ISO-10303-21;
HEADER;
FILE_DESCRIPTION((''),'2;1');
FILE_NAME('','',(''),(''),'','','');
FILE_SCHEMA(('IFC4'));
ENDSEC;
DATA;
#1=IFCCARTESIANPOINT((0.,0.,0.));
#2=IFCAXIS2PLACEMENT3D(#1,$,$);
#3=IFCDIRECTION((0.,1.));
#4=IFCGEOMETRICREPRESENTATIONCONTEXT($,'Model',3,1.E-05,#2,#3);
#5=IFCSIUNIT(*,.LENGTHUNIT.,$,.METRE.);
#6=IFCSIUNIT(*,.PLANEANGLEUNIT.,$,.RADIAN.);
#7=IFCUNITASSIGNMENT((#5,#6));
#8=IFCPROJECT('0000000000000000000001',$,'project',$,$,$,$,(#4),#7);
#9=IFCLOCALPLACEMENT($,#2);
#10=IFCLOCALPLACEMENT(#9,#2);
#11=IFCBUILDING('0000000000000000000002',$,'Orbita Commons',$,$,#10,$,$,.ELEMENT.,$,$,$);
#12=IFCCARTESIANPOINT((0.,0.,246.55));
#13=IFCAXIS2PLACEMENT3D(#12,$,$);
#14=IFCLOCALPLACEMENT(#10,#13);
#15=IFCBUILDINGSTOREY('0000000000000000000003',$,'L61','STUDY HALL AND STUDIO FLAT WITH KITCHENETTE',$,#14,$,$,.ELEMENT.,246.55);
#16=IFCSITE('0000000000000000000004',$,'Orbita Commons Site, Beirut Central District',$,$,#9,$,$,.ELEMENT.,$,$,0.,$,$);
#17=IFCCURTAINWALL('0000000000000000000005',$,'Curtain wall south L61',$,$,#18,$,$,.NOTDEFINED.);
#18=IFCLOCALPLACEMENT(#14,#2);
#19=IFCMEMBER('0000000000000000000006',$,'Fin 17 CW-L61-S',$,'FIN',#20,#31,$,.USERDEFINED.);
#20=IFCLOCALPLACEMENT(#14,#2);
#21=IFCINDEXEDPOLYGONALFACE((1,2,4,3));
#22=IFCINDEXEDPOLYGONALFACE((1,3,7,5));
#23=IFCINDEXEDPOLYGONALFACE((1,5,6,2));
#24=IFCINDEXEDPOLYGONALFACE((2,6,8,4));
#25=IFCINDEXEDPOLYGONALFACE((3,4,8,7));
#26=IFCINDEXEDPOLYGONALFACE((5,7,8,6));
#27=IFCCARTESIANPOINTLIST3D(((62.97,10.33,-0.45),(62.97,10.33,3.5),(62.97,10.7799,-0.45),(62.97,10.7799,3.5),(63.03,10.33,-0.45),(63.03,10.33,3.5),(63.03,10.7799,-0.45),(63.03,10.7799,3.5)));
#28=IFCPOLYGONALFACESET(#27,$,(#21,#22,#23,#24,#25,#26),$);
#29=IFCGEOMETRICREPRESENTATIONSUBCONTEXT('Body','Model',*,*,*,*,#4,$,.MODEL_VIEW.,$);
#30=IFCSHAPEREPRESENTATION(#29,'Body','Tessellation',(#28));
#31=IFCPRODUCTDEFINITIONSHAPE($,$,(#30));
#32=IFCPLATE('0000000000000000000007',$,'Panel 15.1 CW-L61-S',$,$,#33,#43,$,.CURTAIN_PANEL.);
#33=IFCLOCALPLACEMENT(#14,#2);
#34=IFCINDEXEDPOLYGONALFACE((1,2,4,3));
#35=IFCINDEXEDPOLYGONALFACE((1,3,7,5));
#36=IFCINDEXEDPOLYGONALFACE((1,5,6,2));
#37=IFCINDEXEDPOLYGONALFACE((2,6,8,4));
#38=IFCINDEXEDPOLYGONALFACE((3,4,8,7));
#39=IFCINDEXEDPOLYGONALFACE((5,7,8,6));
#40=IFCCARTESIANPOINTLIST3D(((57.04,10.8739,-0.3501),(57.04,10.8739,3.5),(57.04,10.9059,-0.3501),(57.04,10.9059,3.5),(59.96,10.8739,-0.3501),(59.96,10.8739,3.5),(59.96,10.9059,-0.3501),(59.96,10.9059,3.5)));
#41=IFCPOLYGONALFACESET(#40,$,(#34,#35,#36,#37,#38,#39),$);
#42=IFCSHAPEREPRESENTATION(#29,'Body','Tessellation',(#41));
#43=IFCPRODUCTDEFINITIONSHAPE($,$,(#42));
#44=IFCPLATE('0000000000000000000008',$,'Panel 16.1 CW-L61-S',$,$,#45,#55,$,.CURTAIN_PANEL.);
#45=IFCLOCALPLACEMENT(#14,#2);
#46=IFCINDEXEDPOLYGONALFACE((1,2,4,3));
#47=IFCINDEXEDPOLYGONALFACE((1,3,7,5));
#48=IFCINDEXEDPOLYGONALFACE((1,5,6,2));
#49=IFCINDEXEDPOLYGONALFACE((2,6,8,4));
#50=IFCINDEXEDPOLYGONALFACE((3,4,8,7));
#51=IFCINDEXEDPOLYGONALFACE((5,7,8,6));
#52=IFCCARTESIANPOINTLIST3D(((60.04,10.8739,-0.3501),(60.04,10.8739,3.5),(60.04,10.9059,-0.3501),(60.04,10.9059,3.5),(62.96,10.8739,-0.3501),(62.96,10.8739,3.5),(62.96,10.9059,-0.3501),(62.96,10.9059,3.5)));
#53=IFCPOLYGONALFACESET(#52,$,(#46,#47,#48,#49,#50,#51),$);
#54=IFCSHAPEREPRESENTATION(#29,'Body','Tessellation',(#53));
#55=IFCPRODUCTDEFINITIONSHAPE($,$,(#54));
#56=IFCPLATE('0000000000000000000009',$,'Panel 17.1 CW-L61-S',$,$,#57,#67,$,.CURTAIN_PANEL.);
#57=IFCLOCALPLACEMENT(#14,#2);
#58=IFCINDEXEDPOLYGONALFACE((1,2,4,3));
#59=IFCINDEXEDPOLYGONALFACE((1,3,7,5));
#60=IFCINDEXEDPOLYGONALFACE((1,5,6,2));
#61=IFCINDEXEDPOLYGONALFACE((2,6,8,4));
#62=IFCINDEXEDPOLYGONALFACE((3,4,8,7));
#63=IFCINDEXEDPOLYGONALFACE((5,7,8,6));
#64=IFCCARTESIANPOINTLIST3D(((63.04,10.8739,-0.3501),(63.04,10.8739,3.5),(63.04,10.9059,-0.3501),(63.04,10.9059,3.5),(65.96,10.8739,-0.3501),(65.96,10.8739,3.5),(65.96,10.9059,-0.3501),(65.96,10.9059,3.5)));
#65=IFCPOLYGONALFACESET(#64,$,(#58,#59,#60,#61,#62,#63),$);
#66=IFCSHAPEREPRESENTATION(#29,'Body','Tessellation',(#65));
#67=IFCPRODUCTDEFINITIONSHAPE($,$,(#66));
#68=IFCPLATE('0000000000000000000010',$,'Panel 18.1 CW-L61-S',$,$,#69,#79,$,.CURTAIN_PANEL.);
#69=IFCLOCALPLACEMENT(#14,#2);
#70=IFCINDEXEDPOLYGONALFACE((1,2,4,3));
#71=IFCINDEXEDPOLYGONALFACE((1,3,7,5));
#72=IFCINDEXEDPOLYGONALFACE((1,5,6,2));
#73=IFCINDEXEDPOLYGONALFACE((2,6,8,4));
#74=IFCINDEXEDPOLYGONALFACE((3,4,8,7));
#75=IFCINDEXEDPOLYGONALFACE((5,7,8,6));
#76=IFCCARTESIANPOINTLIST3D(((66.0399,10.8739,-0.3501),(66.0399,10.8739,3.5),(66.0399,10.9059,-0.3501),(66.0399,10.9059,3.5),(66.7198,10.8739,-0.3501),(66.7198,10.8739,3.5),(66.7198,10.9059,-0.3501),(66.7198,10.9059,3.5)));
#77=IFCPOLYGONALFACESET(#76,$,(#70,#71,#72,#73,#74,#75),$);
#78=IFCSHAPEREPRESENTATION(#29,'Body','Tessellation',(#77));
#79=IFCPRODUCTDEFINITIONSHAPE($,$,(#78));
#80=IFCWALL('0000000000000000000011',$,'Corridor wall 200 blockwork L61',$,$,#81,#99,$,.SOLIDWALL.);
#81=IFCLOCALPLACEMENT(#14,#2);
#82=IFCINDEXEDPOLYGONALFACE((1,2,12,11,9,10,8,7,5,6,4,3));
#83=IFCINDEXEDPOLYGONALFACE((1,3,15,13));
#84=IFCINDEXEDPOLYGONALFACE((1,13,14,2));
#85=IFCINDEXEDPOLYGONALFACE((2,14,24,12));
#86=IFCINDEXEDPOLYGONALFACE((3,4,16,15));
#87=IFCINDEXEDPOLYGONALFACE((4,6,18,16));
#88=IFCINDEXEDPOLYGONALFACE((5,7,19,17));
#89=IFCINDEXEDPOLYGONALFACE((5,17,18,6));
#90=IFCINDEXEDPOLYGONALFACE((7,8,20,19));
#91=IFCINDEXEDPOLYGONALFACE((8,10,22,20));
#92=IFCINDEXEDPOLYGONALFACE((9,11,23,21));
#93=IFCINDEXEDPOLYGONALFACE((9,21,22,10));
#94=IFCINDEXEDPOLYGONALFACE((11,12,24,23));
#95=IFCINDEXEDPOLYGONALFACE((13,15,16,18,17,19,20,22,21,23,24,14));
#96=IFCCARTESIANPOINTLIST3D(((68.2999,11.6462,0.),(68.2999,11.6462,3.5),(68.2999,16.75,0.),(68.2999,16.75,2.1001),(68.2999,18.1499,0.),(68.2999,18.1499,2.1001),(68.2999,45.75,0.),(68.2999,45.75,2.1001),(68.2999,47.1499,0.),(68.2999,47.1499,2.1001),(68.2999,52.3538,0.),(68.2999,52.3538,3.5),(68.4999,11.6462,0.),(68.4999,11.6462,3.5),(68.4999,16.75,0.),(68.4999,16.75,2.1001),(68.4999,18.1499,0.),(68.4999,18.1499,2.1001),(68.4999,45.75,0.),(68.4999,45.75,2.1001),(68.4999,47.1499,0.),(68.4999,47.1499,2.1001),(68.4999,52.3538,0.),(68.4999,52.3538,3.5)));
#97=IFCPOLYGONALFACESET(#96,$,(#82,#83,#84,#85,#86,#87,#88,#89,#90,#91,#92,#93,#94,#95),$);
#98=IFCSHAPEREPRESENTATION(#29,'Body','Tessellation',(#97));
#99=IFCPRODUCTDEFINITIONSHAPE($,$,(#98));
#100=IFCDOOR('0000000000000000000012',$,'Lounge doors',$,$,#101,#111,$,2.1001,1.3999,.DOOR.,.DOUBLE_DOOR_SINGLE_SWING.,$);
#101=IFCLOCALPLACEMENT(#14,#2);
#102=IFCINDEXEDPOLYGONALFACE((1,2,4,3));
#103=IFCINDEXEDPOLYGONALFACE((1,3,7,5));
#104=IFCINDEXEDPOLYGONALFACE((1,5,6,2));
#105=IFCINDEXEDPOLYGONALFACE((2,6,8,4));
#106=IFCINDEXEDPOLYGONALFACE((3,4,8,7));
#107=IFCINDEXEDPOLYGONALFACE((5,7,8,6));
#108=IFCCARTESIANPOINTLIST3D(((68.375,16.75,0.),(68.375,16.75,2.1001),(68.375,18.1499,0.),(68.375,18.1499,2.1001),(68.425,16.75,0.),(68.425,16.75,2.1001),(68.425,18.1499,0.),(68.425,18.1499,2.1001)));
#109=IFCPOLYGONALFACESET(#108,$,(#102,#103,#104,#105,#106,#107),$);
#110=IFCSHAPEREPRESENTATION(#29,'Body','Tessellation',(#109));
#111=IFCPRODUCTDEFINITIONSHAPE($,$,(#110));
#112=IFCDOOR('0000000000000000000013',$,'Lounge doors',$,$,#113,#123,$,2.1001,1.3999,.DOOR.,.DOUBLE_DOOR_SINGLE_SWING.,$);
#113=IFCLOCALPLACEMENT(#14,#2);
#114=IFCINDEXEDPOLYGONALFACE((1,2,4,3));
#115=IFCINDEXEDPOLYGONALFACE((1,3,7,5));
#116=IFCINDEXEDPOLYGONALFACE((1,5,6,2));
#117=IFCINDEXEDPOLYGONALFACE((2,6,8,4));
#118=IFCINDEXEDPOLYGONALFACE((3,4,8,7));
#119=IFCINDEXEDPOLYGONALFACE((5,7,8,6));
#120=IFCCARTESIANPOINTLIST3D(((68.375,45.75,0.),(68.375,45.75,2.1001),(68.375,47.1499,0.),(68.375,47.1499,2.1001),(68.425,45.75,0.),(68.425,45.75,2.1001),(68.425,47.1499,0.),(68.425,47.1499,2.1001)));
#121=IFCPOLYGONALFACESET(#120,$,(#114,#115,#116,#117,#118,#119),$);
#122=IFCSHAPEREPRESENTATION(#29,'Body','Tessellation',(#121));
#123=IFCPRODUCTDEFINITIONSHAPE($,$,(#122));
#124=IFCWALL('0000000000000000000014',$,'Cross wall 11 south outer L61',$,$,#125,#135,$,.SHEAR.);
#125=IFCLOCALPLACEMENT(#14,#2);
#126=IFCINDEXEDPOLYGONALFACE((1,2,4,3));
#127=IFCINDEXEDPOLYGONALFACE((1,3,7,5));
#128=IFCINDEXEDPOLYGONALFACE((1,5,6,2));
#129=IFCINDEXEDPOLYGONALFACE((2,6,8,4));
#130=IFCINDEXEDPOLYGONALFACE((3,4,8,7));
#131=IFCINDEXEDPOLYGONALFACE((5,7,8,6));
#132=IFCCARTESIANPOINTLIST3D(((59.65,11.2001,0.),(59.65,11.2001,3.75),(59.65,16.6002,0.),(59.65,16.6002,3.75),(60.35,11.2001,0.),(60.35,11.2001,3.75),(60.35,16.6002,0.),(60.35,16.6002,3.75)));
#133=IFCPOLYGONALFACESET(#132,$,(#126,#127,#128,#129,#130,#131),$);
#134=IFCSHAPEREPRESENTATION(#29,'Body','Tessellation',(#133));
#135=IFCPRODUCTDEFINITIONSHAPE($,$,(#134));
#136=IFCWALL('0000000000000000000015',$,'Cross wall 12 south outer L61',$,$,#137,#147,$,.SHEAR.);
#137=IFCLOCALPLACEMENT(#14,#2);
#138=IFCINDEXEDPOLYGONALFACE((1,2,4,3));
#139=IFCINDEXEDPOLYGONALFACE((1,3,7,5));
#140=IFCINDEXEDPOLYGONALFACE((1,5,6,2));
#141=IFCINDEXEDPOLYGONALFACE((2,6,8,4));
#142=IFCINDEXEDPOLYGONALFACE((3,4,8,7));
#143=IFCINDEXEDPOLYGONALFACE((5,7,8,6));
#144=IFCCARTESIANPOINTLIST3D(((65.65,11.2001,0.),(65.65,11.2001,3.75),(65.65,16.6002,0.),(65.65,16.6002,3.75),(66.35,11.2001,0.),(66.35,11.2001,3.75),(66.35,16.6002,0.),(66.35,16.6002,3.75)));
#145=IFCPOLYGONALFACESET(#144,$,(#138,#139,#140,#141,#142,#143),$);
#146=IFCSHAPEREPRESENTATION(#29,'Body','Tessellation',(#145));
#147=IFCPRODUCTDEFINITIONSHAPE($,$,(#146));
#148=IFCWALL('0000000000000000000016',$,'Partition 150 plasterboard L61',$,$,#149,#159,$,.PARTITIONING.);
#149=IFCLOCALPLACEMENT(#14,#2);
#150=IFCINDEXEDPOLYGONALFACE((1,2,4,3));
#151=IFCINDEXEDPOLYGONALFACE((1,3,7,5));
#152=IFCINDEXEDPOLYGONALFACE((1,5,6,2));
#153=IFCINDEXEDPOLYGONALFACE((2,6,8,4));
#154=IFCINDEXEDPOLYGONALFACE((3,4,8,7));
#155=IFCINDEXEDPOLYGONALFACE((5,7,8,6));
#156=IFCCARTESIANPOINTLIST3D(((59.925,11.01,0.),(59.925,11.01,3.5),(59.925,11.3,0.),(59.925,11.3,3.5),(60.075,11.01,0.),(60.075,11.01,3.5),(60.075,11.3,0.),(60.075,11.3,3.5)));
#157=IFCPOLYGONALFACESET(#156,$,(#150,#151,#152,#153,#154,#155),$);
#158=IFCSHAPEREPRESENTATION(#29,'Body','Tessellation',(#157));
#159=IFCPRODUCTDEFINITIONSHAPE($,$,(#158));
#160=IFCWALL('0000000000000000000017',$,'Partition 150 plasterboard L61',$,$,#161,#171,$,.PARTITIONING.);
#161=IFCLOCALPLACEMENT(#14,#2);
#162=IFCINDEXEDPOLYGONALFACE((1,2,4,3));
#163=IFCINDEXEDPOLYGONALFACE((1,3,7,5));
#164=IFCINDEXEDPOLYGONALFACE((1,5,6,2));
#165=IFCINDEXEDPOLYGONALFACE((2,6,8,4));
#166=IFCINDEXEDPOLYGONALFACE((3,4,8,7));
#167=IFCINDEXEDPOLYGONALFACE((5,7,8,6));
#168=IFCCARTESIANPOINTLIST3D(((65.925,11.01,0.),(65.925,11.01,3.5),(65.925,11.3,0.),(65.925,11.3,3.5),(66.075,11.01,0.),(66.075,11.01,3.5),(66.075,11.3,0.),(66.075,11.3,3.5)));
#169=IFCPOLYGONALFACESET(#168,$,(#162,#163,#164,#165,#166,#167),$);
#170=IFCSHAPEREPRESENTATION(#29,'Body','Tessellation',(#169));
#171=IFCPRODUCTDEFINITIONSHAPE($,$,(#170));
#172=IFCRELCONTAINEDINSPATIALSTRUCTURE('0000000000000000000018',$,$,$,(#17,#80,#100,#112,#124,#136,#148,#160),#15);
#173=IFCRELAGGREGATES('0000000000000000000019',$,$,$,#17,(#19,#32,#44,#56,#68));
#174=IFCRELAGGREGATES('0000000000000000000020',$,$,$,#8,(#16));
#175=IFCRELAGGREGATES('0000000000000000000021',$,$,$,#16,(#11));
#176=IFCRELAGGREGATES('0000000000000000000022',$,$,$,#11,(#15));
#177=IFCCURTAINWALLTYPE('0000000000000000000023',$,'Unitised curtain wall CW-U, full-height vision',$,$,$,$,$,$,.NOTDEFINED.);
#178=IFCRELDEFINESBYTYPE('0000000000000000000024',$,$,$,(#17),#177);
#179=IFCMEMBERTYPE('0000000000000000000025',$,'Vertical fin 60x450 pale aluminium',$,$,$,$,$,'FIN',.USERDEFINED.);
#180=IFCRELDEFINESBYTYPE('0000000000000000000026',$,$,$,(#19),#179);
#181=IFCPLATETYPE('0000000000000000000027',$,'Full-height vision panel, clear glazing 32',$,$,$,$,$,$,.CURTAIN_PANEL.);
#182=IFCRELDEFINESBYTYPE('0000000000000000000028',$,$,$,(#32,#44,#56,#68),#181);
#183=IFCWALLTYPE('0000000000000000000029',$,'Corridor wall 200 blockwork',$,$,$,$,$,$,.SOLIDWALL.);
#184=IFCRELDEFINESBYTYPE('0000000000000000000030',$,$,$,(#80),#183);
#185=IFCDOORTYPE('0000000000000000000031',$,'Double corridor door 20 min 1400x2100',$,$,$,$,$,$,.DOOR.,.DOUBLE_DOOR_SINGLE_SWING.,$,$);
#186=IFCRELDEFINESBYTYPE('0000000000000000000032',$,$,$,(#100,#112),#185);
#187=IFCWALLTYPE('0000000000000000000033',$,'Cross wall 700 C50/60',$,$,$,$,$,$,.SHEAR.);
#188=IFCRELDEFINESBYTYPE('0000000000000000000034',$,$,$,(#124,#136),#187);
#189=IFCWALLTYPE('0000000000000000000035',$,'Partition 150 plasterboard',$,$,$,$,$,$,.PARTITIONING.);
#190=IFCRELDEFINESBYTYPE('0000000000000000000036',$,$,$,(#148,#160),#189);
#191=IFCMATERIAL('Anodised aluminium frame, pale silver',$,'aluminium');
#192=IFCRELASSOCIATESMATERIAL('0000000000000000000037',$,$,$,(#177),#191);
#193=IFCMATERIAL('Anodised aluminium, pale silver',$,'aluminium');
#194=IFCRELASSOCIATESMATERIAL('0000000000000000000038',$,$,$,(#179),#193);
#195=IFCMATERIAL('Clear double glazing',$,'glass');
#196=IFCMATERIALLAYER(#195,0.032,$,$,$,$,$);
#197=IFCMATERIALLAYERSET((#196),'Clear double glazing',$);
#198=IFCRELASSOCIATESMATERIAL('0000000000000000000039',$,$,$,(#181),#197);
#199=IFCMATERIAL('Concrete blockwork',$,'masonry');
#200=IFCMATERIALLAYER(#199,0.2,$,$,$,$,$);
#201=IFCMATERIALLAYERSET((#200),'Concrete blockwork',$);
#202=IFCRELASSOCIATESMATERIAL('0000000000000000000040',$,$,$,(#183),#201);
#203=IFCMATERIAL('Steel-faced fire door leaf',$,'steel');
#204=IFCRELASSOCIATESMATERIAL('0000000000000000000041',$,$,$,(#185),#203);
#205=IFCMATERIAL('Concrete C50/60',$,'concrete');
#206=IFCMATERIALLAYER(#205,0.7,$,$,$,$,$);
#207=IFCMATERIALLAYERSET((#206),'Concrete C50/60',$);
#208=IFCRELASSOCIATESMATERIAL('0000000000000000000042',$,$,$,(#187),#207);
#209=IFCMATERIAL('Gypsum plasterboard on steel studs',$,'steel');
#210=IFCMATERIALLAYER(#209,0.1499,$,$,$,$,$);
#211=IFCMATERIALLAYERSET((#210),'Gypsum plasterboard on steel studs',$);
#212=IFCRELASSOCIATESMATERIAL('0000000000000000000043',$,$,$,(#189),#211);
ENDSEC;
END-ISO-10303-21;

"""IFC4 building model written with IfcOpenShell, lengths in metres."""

from ifc_helpers import new_model, si_unit, direction, frame, frame_2d, origin, origin_2d, place, context, subcontext, project, spatial, rectangle, extrude, material, layer, layer_set, material_profile, profile_set, type_object, element, fill, aggregate, save


model = new_model("IFC4")

# Units and contexts
model_context = context("Model", 3, precision=1e-05, world=origin(), true_north=direction((0.0, 1.0)))
body_context = subcontext(model_context, "Body", "Model", "MODEL_VIEW")
ifc_project = project(units=[si_unit("LENGTHUNIT", "METRE"), si_unit("PLANEANGLEUNIT", "RADIAN")], contexts=[model_context])

# Site, building, storey
site_placement = place(None, origin())
site = spatial("IfcSite", under=ifc_project, at=site_placement, Name="Orbita Commons Site, Beirut Central District", CompositionType="ELEMENT", RefElevation=0.0)
building_placement = place(site_placement, origin())
building = spatial("IfcBuilding", under=site, at=building_placement, Name="Orbita Commons", CompositionType="ELEMENT")
storey_placement = place(building_placement, frame((0.0, 0.0, 246.55)))
storey = spatial("IfcBuildingStorey", under=building, at=storey_placement, Name="L61", Description="STUDY HALL AND STUDIO FLAT WITH KITCHENETTE", CompositionType="ELEMENT", Elevation=246.55)

# Curtain wall
ifc_material_1 = material(Name="Anodised aluminium frame, pale silver", Category="aluminium")
curtain_wall_type = type_object("IfcCurtainWallType", Name="Unitised curtain wall CW-U, full-height vision", PredefinedType="NOTDEFINED", material=ifc_material_1)
curtain_wall_placement = place(storey_placement, origin())
curtain_wall = element("IfcCurtainWall", 1, at=curtain_wall_placement, inside=storey, type_object=curtain_wall_type, Name="Curtain wall south L61", PredefinedType="NOTDEFINED")

# Member
ifc_material_2 = material(Name="Anodised aluminium, pale silver", Category="aluminium")
ifc_material_profile_1 = material_profile(ifc_material_2, rectangle(XDim=0.0601, YDim=0.45, at=origin_2d()), Name="FIN 60x450")
ifc_profile_set_1 = profile_set([ifc_material_profile_1], Name="Anodised aluminium, pale silver")
member_type_1 = type_object("IfcMemberType", Name="Vertical fin 60x450 pale aluminium", ElementType="FIN", PredefinedType="USERDEFINED", material=ifc_profile_set_1)
member_1_placement = place(storey_placement, frame((63.0, 10.5549, -0.45), z_axis=(0.0, 0.0, 1.0), x_axis=(1.0, 0.0, 0.0)))
member_1 = element("IfcMember", 2, at=member_1_placement, type_object=member_type_1, Name="Fin 17 CW-L61-S", ObjectType="FIN", PredefinedType="USERDEFINED", context=body_context, shape_type="SweptSolid", body=[
    extrude(rectangle(XDim=0.0601, YDim=0.45, at=origin_2d()), origin(), (0.0, 0.0, 1.0), 3.95),
])

# Plates
ifc_material_3 = material(Name="Clear double glazing", Category="glass")
ifc_layer_1 = layer(ifc_material_3, 0.032)
ifc_layer_set_1 = layer_set([ifc_layer_1], Name="Clear double glazing")
plate_type = type_object("IfcPlateType", Name="Full-height vision panel, clear glazing 32", PredefinedType="CURTAIN_PANEL", material=ifc_layer_set_1)
plate_1_placement = place(storey_placement, frame((58.5, 10.8899, -0.3501), z_axis=(0.0, 0.0, 1.0), x_axis=(1.0, 0.0, 0.0)))
plate_1 = element("IfcPlate", 3, at=plate_1_placement, type_object=plate_type, Name="Panel 15.1 CW-L61-S", PredefinedType="CURTAIN_PANEL", context=body_context, shape_type="SweptSolid", body=[
    extrude(rectangle(XDim=2.9199, YDim=0.032, at=origin_2d()), origin(), (0.0, 0.0, 1.0), 3.8501),
])
plate_2_placement = place(storey_placement, frame((61.5, 10.8899, -0.3501), z_axis=(0.0, 0.0, 1.0), x_axis=(1.0, 0.0, 0.0)))
plate_2 = element("IfcPlate", 4, at=plate_2_placement, type_object=plate_type, Name="Panel 16.1 CW-L61-S", PredefinedType="CURTAIN_PANEL", context=body_context, shape_type="SweptSolid", body=[
    extrude(rectangle(XDim=2.9199, YDim=0.032, at=origin_2d()), origin(), (0.0, 0.0, 1.0), 3.8501),
])
plate_3_placement = place(storey_placement, frame((64.5, 10.8899, -0.3501), z_axis=(0.0, 0.0, 1.0), x_axis=(1.0, 0.0, 0.0)))
plate_3 = element("IfcPlate", 5, at=plate_3_placement, type_object=plate_type, Name="Panel 17.1 CW-L61-S", PredefinedType="CURTAIN_PANEL", context=body_context, shape_type="SweptSolid", body=[
    extrude(rectangle(XDim=2.9199, YDim=0.032, at=origin_2d()), origin(), (0.0, 0.0, 1.0), 3.8501),
])
plate_4_placement = place(storey_placement, frame((66.3799, 10.8899, -0.3501), z_axis=(0.0, 0.0, 1.0), x_axis=(1.0, 0.0, 0.0)))
plate_4 = element("IfcPlate", 6, at=plate_4_placement, type_object=plate_type, Name="Panel 18.1 CW-L61-S", PredefinedType="CURTAIN_PANEL", context=body_context, shape_type="SweptSolid", body=[
    extrude(rectangle(XDim=0.6799, YDim=0.032, at=origin_2d()), origin(), (0.0, 0.0, 1.0), 3.8501),
])
aggregate(curtain_wall, [member_1, plate_1, plate_2, plate_3, plate_4])

# Wall, openings, doors
ifc_material_4 = material(Name="Concrete blockwork", Category="masonry")
ifc_layer_2 = layer(ifc_material_4, 0.2)
ifc_layer_set_2 = layer_set([ifc_layer_2], Name="Concrete blockwork")
wall_type_1 = type_object("IfcWallType", Name="Corridor wall 200 blockwork", PredefinedType="SOLIDWALL", material=ifc_layer_set_2)
wall_1_placement = place(storey_placement, frame((68.3999, 11.6462, 0.0), z_axis=(0.0, 0.0, 1.0), x_axis=(0.0, 1.0, 0.0)))
wall_1 = element("IfcWall", 7, at=wall_1_placement, inside=storey, type_object=wall_type_1, Name="Corridor wall 200 blockwork L61", PredefinedType="SOLIDWALL", context=body_context, shape_type="SweptSolid", body=[
    extrude(rectangle(XDim=40.7075, YDim=0.2, at=frame_2d((20.3538, 0.0))), origin(), (0.0, 0.0, 1.0), 3.5),
])
opening_1_placement = place(wall_1_placement, frame((5.1038, 0.0, 0.0)))
opening_1 = element("IfcOpeningElement", 8, at=opening_1_placement, cuts=wall_1, PredefinedType="OPENING", context=body_context, shape_type="SweptSolid", body=[
    extrude(rectangle(XDim=1.3999, YDim=2.1001, at=frame_2d((0.7, 1.05))), frame((0.0, 0.1099, 0.0), z_axis=(0.0, -1.0, 0.0), x_axis=(1.0, 0.0, 0.0)), (0.0, 0.0, 1.0), 0.22),
])
opening_2_placement = place(wall_1_placement, frame((34.1038, 0.0, 0.0)))
opening_2 = element("IfcOpeningElement", 9, at=opening_2_placement, cuts=wall_1, PredefinedType="OPENING", context=body_context, shape_type="SweptSolid", body=[
    extrude(rectangle(XDim=1.3999, YDim=2.1001, at=frame_2d((0.7, 1.05))), frame((0.0, 0.1099, 0.0), z_axis=(0.0, -1.0, 0.0), x_axis=(1.0, 0.0, 0.0)), (0.0, 0.0, 1.0), 0.22),
])
ifc_material_5 = material(Name="Steel-faced fire door leaf", Category="steel")
door_type = type_object("IfcDoorType", Name="Double corridor door 20 min 1400x2100", OperationType="DOUBLE_DOOR_SINGLE_SWING", PredefinedType="DOOR", material=ifc_material_5)
door_1_placement = place(opening_1_placement, origin())
door_1 = element("IfcDoor", 10, at=door_1_placement, inside=storey, type_object=door_type, Name="Lounge doors", OperationType="DOUBLE_DOOR_SINGLE_SWING", OverallHeight=2.1001, OverallWidth=1.3999, PredefinedType="DOOR", context=body_context, shape_type="SweptSolid", body=[
    extrude(rectangle(XDim=1.3999, YDim=2.1001, at=frame_2d((0.7, 1.05))), frame((0.0, 0.0249, 0.0), z_axis=(0.0, -1.0, 0.0), x_axis=(1.0, 0.0, 0.0)), (0.0, 0.0, 1.0), 0.05),
])
fill(opening_1, door_1)
door_2_placement = place(opening_2_placement, origin())
door_2 = element("IfcDoor", 11, at=door_2_placement, inside=storey, type_object=door_type, Name="Lounge doors", OperationType="DOUBLE_DOOR_SINGLE_SWING", OverallHeight=2.1001, OverallWidth=1.3999, PredefinedType="DOOR", context=body_context, shape_type="SweptSolid", body=[
    extrude(rectangle(XDim=1.3999, YDim=2.1001, at=frame_2d((0.7, 1.05))), frame((0.0, 0.0249, 0.0), z_axis=(0.0, -1.0, 0.0), x_axis=(1.0, 0.0, 0.0)), (0.0, 0.0, 1.0), 0.05),
])
fill(opening_2, door_2)

# Walls
ifc_material_6 = material(Name="Concrete C50/60", Category="concrete")
ifc_layer_3 = layer(ifc_material_6, 0.7)
ifc_layer_set_3 = layer_set([ifc_layer_3], Name="Concrete C50/60")
wall_type_2 = type_object("IfcWallType", Name="Cross wall 700 C50/60", PredefinedType="SHEAR", material=ifc_layer_set_3)
for number, where, z_axis, x_axis, name in (
    (12, (60.0, 11.2, 0.0), (0.0, 0.0, 1.0), (0.0, 1.0, 0.0), "Cross wall 11 south outer L61"),
    (13, (66.0, 11.2, 0.0), (0.0, 0.0, 1.0), (0.0, 1.0, 0.0), "Cross wall 12 south outer L61"),
):
    element("IfcWall", number, at=place(storey_placement, frame(where, z_axis=z_axis, x_axis=x_axis)), inside=storey, type_object=wall_type_2, Name=name, PredefinedType="SHEAR", context=body_context, shape_type="SweptSolid", body=[
        extrude(rectangle(XDim=5.4001, YDim=0.7, at=frame_2d((2.7002, 0.0))), origin(), (0.0, 0.0, 1.0), 3.75),
    ])
ifc_material_7 = material(Name="Gypsum plasterboard on steel studs", Category="steel")
ifc_layer_4 = layer(ifc_material_7, 0.1499)
ifc_layer_set_4 = layer_set([ifc_layer_4], Name="Gypsum plasterboard on steel studs")
wall_type_3 = type_object("IfcWallType", Name="Partition 150 plasterboard", PredefinedType="PARTITIONING", material=ifc_layer_set_4)
for number, where, z_axis, x_axis, name in (
    (14, (60.0, 11.3, 0.0), (0.0, 0.0, 1.0), (0.0, -1.0, 0.0), "Partition 150 plasterboard L61"),
    (15, (66.0, 11.3, 0.0), (0.0, 0.0, 1.0), (0.0, -1.0, 0.0), "Partition 150 plasterboard L61"),
):
    element("IfcWall", number, at=place(storey_placement, frame(where, z_axis=z_axis, x_axis=x_axis)), inside=storey, type_object=wall_type_3, Name=name, PredefinedType="PARTITIONING", context=body_context, shape_type="SweptSolid", body=[
        extrude(rectangle(XDim=0.29, YDim=0.1499, at=frame_2d((0.145, 0.0))), origin(), (0.0, 0.0, 1.0), 3.5),
    ])

save(model, "model.ifc")
